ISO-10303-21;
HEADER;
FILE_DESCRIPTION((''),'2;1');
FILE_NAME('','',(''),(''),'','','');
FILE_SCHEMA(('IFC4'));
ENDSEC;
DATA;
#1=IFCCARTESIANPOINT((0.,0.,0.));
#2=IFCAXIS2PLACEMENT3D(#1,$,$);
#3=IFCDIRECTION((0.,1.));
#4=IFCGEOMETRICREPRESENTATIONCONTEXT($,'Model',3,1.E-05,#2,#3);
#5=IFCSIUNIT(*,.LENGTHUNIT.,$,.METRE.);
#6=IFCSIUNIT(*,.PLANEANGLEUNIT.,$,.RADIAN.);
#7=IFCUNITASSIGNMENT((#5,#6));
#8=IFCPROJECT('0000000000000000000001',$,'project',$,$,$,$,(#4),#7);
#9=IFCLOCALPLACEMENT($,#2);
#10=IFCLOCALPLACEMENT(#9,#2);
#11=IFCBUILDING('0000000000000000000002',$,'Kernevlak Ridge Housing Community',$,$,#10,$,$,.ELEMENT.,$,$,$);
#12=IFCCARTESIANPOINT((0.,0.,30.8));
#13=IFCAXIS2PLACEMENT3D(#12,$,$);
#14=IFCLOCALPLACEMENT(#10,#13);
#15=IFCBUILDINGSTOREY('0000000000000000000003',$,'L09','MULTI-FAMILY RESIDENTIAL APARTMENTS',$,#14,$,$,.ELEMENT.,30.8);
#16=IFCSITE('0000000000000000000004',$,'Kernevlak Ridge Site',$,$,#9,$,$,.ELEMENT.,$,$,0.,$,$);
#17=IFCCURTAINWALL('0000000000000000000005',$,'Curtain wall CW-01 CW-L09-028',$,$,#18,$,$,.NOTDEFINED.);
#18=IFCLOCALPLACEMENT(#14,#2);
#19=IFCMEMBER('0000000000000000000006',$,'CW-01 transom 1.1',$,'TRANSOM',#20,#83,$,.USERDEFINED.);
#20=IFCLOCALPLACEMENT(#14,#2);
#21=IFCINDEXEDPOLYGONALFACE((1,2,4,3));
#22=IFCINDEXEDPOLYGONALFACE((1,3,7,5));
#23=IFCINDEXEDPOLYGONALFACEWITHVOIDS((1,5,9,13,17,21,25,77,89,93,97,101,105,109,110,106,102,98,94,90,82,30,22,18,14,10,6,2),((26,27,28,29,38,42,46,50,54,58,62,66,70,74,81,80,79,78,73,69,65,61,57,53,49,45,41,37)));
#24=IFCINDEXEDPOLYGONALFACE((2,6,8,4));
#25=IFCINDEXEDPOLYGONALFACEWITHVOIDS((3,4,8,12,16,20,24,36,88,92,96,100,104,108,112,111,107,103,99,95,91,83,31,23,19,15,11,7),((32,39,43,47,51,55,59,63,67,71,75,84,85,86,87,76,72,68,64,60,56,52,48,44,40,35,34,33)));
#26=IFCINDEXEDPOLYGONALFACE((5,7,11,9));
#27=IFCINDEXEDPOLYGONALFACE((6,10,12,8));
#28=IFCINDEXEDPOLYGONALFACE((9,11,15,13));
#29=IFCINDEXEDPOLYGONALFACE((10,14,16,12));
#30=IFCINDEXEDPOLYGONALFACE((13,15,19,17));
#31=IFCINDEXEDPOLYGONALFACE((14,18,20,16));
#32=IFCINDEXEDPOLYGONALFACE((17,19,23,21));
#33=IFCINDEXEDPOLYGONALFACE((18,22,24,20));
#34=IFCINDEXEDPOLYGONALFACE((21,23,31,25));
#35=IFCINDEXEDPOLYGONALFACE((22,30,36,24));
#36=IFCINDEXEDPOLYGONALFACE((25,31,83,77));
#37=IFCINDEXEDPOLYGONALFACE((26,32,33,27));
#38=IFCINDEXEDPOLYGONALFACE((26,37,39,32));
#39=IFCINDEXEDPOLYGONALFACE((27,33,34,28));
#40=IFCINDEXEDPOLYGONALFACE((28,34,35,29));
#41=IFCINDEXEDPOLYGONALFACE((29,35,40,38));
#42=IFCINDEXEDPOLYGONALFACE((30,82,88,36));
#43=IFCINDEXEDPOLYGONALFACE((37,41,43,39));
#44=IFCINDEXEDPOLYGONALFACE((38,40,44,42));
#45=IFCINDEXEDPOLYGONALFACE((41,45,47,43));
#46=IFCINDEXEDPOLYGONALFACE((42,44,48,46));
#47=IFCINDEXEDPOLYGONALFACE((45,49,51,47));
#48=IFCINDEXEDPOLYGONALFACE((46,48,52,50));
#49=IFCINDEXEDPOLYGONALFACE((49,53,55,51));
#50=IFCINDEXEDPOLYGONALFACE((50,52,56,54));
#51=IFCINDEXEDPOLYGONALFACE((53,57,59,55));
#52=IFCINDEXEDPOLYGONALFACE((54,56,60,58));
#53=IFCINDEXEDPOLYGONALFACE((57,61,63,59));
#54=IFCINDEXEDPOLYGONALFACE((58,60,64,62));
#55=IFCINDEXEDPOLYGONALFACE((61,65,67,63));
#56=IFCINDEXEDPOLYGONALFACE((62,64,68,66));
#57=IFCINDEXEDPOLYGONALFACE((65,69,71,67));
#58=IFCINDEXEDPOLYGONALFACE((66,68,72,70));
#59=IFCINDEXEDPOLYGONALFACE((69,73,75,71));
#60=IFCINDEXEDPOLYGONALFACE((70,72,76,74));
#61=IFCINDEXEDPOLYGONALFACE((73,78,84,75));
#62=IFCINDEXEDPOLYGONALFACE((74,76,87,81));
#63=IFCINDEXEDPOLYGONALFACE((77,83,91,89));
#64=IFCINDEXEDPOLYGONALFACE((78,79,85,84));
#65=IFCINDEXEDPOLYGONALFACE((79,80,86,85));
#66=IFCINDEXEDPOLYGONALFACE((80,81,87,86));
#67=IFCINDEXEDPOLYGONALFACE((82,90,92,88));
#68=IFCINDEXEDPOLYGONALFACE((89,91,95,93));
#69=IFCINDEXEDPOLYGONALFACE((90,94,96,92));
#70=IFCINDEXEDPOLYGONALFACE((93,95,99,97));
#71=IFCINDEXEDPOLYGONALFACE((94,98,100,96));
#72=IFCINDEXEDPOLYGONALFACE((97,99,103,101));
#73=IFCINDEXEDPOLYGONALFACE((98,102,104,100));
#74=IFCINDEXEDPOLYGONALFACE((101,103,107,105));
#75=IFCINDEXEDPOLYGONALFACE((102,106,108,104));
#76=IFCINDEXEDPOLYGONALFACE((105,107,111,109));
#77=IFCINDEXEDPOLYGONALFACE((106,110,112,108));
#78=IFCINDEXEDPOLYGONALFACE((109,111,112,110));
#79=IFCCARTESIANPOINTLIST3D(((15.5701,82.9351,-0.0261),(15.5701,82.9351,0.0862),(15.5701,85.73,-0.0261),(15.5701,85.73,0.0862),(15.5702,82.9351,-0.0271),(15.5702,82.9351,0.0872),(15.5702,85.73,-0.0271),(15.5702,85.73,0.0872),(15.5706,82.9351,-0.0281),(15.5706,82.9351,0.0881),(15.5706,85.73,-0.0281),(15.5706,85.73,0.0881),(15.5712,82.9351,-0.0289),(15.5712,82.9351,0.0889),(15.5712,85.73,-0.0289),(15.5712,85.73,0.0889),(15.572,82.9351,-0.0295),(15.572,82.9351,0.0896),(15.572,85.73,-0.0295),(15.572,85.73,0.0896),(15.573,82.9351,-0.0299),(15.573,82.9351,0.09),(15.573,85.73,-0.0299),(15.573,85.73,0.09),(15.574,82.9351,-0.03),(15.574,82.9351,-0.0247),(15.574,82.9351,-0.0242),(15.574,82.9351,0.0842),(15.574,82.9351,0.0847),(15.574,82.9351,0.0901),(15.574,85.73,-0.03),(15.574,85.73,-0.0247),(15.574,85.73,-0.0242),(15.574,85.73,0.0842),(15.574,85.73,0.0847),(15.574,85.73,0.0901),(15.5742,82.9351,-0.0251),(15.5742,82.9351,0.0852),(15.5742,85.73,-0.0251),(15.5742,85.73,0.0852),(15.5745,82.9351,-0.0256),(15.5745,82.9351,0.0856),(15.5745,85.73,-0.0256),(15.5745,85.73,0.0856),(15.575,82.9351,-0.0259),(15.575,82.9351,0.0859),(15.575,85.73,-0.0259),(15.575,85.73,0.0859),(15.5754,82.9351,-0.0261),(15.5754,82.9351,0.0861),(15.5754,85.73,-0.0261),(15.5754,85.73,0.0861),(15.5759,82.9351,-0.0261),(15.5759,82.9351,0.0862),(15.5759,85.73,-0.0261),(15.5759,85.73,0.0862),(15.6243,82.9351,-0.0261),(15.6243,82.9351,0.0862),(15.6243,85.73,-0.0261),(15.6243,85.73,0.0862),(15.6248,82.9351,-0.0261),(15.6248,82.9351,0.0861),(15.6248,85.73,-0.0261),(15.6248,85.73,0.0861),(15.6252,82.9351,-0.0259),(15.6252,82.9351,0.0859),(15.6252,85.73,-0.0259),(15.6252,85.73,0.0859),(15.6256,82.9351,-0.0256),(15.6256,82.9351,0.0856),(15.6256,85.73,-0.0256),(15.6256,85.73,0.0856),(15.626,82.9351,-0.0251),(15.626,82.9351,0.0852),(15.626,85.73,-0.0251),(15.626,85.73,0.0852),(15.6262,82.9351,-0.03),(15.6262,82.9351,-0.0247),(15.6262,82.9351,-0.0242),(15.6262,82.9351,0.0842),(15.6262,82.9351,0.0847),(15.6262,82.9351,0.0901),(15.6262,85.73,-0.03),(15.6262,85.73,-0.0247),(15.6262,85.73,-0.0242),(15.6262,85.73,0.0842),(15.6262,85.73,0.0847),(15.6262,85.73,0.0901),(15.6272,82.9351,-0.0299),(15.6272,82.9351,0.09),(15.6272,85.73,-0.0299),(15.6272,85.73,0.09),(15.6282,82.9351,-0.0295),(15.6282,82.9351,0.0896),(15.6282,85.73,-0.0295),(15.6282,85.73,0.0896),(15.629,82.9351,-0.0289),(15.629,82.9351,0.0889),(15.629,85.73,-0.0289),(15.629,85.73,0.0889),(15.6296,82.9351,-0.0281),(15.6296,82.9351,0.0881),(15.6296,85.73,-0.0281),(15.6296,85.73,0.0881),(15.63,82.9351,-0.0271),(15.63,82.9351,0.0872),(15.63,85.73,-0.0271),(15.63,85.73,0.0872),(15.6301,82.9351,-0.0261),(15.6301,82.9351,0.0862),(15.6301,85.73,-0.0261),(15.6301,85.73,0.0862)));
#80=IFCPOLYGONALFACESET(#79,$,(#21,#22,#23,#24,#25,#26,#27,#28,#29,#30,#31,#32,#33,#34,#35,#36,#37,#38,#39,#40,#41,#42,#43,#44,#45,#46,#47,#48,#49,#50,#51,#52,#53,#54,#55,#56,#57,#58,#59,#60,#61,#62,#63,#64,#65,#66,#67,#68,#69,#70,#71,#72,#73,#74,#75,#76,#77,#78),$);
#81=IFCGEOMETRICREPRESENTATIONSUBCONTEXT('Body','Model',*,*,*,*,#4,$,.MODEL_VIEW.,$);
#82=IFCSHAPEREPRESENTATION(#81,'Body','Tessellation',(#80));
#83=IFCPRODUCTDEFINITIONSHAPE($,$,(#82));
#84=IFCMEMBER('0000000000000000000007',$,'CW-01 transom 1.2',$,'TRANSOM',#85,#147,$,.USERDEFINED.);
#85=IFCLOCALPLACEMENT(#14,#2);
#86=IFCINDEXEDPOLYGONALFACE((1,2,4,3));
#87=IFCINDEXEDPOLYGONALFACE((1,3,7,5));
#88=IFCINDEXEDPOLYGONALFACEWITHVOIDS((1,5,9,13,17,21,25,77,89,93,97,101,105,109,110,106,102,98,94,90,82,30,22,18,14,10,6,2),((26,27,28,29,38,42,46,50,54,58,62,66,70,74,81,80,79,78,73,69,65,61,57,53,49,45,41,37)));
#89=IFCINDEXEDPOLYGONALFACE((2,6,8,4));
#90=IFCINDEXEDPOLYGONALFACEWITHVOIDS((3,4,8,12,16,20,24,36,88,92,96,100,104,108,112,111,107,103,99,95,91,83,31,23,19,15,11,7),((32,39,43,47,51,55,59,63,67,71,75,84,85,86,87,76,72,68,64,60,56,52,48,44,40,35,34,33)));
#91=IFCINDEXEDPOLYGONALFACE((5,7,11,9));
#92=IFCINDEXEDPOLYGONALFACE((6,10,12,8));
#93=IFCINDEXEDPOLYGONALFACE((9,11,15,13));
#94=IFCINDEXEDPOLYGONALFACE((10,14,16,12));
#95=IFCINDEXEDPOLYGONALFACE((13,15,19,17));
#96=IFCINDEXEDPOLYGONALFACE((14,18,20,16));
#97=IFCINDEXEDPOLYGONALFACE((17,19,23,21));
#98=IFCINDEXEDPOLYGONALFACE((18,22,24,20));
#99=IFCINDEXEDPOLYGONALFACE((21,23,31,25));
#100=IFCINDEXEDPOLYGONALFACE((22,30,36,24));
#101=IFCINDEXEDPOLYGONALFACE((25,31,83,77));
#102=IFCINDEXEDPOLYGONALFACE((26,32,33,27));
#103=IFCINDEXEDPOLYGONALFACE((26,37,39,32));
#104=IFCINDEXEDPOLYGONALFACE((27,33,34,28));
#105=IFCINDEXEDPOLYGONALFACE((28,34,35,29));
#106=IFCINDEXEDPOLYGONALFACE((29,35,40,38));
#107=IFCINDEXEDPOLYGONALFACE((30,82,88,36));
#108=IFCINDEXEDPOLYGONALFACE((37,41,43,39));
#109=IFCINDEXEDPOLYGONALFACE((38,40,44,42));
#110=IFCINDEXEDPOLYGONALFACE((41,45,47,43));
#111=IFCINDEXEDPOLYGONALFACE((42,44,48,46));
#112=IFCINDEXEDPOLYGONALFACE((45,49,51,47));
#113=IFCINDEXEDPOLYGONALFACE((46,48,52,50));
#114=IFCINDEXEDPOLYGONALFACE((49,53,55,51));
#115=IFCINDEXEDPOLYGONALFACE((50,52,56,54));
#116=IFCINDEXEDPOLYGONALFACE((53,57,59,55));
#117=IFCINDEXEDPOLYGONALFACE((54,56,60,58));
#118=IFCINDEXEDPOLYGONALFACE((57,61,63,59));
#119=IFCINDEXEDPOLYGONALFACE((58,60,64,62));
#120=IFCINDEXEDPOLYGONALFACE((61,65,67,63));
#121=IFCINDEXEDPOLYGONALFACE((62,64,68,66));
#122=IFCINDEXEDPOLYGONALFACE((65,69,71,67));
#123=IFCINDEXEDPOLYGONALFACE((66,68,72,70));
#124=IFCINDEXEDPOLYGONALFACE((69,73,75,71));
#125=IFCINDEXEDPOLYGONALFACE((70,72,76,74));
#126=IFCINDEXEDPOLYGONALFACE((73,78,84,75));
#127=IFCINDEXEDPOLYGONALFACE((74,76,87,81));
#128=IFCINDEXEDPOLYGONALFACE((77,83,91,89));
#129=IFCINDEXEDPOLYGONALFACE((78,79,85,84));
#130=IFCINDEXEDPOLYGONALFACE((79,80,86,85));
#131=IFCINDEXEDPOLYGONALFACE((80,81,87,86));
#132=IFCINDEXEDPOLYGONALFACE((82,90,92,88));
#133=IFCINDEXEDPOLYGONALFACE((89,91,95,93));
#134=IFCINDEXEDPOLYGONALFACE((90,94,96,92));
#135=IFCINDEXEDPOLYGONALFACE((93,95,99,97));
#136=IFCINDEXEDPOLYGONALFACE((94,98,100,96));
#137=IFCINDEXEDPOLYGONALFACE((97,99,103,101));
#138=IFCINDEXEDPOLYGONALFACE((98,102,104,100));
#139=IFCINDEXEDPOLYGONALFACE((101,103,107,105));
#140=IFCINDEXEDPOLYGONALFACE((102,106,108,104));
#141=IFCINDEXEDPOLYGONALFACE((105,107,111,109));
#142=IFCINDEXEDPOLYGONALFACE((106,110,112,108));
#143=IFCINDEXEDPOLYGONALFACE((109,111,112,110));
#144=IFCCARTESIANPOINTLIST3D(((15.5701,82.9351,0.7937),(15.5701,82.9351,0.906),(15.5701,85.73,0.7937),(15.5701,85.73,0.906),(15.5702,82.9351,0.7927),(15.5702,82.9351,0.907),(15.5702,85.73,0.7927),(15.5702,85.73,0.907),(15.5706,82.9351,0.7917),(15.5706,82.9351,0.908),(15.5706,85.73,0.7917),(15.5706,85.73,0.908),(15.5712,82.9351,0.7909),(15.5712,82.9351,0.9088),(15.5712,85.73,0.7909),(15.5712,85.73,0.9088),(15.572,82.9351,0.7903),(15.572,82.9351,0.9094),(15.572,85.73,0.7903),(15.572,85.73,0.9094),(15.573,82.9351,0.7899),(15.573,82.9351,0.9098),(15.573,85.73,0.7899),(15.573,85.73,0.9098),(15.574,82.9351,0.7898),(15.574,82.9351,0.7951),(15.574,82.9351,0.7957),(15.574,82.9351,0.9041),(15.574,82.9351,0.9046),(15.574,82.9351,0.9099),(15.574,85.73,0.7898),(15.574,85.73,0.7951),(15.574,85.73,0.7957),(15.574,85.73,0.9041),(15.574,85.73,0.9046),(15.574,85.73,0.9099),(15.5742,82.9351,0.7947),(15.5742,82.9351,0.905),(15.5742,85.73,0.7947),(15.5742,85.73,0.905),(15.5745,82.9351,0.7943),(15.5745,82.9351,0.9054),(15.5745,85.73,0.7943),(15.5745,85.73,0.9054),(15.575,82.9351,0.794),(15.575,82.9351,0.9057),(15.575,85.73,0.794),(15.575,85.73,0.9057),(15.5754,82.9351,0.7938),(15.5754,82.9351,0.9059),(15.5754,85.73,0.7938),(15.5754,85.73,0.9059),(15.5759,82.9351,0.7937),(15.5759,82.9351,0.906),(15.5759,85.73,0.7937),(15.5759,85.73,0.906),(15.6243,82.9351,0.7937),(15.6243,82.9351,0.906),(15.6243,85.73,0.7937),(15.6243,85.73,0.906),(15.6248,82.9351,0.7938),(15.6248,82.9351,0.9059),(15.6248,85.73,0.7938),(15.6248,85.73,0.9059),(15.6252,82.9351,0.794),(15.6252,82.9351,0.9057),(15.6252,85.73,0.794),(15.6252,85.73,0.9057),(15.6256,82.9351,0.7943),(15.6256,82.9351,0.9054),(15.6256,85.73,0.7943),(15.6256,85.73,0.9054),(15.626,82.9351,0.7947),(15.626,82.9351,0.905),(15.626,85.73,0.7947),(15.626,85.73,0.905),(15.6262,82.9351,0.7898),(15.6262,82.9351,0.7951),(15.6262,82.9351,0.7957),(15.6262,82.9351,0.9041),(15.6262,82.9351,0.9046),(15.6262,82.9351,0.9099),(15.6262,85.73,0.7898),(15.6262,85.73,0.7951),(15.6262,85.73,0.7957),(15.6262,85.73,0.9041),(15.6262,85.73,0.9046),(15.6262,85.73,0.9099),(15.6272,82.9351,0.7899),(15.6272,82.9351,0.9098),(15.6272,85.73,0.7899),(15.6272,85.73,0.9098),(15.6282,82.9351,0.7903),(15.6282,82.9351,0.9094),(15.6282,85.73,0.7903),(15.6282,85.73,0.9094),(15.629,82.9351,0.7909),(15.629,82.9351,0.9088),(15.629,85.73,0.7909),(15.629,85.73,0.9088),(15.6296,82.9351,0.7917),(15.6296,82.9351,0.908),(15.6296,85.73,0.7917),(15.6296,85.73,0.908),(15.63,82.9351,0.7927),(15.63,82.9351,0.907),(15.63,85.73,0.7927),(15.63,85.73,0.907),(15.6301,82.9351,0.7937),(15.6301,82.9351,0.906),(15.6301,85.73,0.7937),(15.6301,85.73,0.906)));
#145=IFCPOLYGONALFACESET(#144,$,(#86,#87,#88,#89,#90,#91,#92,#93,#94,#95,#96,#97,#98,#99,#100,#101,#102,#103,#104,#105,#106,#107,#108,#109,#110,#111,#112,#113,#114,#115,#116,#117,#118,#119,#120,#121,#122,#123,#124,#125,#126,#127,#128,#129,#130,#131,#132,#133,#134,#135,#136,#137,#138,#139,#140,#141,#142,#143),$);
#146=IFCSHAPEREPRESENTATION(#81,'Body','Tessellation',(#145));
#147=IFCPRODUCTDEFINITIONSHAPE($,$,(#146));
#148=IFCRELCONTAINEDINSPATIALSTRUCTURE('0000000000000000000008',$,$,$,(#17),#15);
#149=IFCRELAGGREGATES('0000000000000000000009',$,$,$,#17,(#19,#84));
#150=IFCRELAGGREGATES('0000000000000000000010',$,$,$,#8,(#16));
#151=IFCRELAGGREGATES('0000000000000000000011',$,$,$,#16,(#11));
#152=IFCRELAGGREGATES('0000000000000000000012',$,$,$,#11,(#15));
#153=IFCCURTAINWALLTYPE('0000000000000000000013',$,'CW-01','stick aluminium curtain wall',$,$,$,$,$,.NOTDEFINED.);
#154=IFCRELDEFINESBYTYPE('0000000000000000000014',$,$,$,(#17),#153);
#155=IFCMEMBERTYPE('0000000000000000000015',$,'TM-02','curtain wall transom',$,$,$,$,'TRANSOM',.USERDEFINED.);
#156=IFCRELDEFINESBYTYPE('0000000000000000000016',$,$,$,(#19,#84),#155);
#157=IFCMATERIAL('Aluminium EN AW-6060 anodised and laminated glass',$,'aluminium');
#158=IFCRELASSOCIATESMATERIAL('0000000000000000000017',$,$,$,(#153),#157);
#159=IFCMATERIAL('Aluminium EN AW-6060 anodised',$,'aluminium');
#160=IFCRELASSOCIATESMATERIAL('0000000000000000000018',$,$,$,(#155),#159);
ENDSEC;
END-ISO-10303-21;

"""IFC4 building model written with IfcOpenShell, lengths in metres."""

from ifc_helpers import new_model, si_unit, direction, frame, origin, origin_2d, place, context, subcontext, project, spatial, hollow_rectangle, extrude, material, material_profile, profile_set, type_object, element, aggregate, save


model = new_model("IFC4")

# Units and contexts
model_context = context("Model", 3, precision=1e-05, world=origin(), true_north=direction((0.0, 1.0)))
body_context = subcontext(model_context, "Body", "Model", "MODEL_VIEW")
ifc_project = project(units=[si_unit("LENGTHUNIT", "METRE"), si_unit("PLANEANGLEUNIT", "RADIAN")], contexts=[model_context])

# Site, building, storey
site_placement = place(None, origin())
site = spatial("IfcSite", under=ifc_project, at=site_placement, Name="Kernevlak Ridge Site", CompositionType="ELEMENT", RefElevation=0.0)
building_placement = place(site_placement, origin())
building = spatial("IfcBuilding", under=site, at=building_placement, Name="Kernevlak Ridge Housing Community", CompositionType="ELEMENT")
storey_placement = place(building_placement, frame((0.0, 0.0, 30.8)))
storey = spatial("IfcBuildingStorey", under=building, at=storey_placement, Name="L09", Description="MULTI-FAMILY RESIDENTIAL APARTMENTS", CompositionType="ELEMENT", Elevation=30.8)

# Curtain wall
ifc_material_1 = material(Name="Aluminium EN AW-6060 anodised and laminated glass", Category="aluminium")
curtain_wall_type = type_object("IfcCurtainWallType", Name="CW-01", Description="stick aluminium curtain wall", PredefinedType="NOTDEFINED", material=ifc_material_1)
curtain_wall_placement = place(storey_placement, origin())
curtain_wall = element("IfcCurtainWall", 1, at=curtain_wall_placement, inside=storey, type_object=curtain_wall_type, Name="Curtain wall CW-01 CW-L09-028", PredefinedType="NOTDEFINED")
ifc_material_2 = material(Name="Aluminium EN AW-6060 anodised", Category="aluminium")

# Members
ifc_material_profile_1 = material_profile(ifc_material_2, hollow_rectangle(XDim=0.0601, YDim=0.1201, WallThickness=0.0039, InnerFilletRadius=0.002, OuterFilletRadius=0.0039, at=origin_2d()), Name="ALU 60x120x4")
ifc_profile_set_1 = profile_set([ifc_material_profile_1], Name="Aluminium EN AW-6060 anodised")
member_type_1 = type_object("IfcMemberType", Name="TM-02", Description="curtain wall transom", ElementType="TRANSOM", PredefinedType="USERDEFINED", material=ifc_profile_set_1)
member_1_placement = place(storey_placement, frame((15.6001, 82.9351, 0.03), z_axis=(0.0, 1.0, 0.0), x_axis=(-1.0, 0.0, 0.0)))
member_1 = element("IfcMember", 2, at=member_1_placement, type_object=member_type_1, Name="CW-01 transom 1.1", ObjectType="TRANSOM", PredefinedType="USERDEFINED", context=body_context, shape_type="SweptSolid", body=[
    extrude(hollow_rectangle(XDim=0.0601, YDim=0.1201, WallThickness=0.0039, InnerFilletRadius=0.002, OuterFilletRadius=0.0039, at=origin_2d()), origin(), (0.0, 0.0, 1.0), 2.7949),
])
member_2_placement = place(storey_placement, frame((15.6001, 82.9351, 0.8499), z_axis=(0.0, 1.0, 0.0), x_axis=(-1.0, 0.0, 0.0)))
member_2 = element("IfcMember", 3, at=member_2_placement, type_object=member_type_1, Name="CW-01 transom 1.2", ObjectType="TRANSOM", PredefinedType="USERDEFINED", context=body_context, shape_type="SweptSolid", body=[
    extrude(hollow_rectangle(XDim=0.0601, YDim=0.1201, WallThickness=0.0039, InnerFilletRadius=0.002, OuterFilletRadius=0.0039, at=origin_2d()), origin(), (0.0, 0.0, 1.0), 2.7949),
])

aggregate(curtain_wall, [member_1, member_2])

save(model, "model.ifc")
